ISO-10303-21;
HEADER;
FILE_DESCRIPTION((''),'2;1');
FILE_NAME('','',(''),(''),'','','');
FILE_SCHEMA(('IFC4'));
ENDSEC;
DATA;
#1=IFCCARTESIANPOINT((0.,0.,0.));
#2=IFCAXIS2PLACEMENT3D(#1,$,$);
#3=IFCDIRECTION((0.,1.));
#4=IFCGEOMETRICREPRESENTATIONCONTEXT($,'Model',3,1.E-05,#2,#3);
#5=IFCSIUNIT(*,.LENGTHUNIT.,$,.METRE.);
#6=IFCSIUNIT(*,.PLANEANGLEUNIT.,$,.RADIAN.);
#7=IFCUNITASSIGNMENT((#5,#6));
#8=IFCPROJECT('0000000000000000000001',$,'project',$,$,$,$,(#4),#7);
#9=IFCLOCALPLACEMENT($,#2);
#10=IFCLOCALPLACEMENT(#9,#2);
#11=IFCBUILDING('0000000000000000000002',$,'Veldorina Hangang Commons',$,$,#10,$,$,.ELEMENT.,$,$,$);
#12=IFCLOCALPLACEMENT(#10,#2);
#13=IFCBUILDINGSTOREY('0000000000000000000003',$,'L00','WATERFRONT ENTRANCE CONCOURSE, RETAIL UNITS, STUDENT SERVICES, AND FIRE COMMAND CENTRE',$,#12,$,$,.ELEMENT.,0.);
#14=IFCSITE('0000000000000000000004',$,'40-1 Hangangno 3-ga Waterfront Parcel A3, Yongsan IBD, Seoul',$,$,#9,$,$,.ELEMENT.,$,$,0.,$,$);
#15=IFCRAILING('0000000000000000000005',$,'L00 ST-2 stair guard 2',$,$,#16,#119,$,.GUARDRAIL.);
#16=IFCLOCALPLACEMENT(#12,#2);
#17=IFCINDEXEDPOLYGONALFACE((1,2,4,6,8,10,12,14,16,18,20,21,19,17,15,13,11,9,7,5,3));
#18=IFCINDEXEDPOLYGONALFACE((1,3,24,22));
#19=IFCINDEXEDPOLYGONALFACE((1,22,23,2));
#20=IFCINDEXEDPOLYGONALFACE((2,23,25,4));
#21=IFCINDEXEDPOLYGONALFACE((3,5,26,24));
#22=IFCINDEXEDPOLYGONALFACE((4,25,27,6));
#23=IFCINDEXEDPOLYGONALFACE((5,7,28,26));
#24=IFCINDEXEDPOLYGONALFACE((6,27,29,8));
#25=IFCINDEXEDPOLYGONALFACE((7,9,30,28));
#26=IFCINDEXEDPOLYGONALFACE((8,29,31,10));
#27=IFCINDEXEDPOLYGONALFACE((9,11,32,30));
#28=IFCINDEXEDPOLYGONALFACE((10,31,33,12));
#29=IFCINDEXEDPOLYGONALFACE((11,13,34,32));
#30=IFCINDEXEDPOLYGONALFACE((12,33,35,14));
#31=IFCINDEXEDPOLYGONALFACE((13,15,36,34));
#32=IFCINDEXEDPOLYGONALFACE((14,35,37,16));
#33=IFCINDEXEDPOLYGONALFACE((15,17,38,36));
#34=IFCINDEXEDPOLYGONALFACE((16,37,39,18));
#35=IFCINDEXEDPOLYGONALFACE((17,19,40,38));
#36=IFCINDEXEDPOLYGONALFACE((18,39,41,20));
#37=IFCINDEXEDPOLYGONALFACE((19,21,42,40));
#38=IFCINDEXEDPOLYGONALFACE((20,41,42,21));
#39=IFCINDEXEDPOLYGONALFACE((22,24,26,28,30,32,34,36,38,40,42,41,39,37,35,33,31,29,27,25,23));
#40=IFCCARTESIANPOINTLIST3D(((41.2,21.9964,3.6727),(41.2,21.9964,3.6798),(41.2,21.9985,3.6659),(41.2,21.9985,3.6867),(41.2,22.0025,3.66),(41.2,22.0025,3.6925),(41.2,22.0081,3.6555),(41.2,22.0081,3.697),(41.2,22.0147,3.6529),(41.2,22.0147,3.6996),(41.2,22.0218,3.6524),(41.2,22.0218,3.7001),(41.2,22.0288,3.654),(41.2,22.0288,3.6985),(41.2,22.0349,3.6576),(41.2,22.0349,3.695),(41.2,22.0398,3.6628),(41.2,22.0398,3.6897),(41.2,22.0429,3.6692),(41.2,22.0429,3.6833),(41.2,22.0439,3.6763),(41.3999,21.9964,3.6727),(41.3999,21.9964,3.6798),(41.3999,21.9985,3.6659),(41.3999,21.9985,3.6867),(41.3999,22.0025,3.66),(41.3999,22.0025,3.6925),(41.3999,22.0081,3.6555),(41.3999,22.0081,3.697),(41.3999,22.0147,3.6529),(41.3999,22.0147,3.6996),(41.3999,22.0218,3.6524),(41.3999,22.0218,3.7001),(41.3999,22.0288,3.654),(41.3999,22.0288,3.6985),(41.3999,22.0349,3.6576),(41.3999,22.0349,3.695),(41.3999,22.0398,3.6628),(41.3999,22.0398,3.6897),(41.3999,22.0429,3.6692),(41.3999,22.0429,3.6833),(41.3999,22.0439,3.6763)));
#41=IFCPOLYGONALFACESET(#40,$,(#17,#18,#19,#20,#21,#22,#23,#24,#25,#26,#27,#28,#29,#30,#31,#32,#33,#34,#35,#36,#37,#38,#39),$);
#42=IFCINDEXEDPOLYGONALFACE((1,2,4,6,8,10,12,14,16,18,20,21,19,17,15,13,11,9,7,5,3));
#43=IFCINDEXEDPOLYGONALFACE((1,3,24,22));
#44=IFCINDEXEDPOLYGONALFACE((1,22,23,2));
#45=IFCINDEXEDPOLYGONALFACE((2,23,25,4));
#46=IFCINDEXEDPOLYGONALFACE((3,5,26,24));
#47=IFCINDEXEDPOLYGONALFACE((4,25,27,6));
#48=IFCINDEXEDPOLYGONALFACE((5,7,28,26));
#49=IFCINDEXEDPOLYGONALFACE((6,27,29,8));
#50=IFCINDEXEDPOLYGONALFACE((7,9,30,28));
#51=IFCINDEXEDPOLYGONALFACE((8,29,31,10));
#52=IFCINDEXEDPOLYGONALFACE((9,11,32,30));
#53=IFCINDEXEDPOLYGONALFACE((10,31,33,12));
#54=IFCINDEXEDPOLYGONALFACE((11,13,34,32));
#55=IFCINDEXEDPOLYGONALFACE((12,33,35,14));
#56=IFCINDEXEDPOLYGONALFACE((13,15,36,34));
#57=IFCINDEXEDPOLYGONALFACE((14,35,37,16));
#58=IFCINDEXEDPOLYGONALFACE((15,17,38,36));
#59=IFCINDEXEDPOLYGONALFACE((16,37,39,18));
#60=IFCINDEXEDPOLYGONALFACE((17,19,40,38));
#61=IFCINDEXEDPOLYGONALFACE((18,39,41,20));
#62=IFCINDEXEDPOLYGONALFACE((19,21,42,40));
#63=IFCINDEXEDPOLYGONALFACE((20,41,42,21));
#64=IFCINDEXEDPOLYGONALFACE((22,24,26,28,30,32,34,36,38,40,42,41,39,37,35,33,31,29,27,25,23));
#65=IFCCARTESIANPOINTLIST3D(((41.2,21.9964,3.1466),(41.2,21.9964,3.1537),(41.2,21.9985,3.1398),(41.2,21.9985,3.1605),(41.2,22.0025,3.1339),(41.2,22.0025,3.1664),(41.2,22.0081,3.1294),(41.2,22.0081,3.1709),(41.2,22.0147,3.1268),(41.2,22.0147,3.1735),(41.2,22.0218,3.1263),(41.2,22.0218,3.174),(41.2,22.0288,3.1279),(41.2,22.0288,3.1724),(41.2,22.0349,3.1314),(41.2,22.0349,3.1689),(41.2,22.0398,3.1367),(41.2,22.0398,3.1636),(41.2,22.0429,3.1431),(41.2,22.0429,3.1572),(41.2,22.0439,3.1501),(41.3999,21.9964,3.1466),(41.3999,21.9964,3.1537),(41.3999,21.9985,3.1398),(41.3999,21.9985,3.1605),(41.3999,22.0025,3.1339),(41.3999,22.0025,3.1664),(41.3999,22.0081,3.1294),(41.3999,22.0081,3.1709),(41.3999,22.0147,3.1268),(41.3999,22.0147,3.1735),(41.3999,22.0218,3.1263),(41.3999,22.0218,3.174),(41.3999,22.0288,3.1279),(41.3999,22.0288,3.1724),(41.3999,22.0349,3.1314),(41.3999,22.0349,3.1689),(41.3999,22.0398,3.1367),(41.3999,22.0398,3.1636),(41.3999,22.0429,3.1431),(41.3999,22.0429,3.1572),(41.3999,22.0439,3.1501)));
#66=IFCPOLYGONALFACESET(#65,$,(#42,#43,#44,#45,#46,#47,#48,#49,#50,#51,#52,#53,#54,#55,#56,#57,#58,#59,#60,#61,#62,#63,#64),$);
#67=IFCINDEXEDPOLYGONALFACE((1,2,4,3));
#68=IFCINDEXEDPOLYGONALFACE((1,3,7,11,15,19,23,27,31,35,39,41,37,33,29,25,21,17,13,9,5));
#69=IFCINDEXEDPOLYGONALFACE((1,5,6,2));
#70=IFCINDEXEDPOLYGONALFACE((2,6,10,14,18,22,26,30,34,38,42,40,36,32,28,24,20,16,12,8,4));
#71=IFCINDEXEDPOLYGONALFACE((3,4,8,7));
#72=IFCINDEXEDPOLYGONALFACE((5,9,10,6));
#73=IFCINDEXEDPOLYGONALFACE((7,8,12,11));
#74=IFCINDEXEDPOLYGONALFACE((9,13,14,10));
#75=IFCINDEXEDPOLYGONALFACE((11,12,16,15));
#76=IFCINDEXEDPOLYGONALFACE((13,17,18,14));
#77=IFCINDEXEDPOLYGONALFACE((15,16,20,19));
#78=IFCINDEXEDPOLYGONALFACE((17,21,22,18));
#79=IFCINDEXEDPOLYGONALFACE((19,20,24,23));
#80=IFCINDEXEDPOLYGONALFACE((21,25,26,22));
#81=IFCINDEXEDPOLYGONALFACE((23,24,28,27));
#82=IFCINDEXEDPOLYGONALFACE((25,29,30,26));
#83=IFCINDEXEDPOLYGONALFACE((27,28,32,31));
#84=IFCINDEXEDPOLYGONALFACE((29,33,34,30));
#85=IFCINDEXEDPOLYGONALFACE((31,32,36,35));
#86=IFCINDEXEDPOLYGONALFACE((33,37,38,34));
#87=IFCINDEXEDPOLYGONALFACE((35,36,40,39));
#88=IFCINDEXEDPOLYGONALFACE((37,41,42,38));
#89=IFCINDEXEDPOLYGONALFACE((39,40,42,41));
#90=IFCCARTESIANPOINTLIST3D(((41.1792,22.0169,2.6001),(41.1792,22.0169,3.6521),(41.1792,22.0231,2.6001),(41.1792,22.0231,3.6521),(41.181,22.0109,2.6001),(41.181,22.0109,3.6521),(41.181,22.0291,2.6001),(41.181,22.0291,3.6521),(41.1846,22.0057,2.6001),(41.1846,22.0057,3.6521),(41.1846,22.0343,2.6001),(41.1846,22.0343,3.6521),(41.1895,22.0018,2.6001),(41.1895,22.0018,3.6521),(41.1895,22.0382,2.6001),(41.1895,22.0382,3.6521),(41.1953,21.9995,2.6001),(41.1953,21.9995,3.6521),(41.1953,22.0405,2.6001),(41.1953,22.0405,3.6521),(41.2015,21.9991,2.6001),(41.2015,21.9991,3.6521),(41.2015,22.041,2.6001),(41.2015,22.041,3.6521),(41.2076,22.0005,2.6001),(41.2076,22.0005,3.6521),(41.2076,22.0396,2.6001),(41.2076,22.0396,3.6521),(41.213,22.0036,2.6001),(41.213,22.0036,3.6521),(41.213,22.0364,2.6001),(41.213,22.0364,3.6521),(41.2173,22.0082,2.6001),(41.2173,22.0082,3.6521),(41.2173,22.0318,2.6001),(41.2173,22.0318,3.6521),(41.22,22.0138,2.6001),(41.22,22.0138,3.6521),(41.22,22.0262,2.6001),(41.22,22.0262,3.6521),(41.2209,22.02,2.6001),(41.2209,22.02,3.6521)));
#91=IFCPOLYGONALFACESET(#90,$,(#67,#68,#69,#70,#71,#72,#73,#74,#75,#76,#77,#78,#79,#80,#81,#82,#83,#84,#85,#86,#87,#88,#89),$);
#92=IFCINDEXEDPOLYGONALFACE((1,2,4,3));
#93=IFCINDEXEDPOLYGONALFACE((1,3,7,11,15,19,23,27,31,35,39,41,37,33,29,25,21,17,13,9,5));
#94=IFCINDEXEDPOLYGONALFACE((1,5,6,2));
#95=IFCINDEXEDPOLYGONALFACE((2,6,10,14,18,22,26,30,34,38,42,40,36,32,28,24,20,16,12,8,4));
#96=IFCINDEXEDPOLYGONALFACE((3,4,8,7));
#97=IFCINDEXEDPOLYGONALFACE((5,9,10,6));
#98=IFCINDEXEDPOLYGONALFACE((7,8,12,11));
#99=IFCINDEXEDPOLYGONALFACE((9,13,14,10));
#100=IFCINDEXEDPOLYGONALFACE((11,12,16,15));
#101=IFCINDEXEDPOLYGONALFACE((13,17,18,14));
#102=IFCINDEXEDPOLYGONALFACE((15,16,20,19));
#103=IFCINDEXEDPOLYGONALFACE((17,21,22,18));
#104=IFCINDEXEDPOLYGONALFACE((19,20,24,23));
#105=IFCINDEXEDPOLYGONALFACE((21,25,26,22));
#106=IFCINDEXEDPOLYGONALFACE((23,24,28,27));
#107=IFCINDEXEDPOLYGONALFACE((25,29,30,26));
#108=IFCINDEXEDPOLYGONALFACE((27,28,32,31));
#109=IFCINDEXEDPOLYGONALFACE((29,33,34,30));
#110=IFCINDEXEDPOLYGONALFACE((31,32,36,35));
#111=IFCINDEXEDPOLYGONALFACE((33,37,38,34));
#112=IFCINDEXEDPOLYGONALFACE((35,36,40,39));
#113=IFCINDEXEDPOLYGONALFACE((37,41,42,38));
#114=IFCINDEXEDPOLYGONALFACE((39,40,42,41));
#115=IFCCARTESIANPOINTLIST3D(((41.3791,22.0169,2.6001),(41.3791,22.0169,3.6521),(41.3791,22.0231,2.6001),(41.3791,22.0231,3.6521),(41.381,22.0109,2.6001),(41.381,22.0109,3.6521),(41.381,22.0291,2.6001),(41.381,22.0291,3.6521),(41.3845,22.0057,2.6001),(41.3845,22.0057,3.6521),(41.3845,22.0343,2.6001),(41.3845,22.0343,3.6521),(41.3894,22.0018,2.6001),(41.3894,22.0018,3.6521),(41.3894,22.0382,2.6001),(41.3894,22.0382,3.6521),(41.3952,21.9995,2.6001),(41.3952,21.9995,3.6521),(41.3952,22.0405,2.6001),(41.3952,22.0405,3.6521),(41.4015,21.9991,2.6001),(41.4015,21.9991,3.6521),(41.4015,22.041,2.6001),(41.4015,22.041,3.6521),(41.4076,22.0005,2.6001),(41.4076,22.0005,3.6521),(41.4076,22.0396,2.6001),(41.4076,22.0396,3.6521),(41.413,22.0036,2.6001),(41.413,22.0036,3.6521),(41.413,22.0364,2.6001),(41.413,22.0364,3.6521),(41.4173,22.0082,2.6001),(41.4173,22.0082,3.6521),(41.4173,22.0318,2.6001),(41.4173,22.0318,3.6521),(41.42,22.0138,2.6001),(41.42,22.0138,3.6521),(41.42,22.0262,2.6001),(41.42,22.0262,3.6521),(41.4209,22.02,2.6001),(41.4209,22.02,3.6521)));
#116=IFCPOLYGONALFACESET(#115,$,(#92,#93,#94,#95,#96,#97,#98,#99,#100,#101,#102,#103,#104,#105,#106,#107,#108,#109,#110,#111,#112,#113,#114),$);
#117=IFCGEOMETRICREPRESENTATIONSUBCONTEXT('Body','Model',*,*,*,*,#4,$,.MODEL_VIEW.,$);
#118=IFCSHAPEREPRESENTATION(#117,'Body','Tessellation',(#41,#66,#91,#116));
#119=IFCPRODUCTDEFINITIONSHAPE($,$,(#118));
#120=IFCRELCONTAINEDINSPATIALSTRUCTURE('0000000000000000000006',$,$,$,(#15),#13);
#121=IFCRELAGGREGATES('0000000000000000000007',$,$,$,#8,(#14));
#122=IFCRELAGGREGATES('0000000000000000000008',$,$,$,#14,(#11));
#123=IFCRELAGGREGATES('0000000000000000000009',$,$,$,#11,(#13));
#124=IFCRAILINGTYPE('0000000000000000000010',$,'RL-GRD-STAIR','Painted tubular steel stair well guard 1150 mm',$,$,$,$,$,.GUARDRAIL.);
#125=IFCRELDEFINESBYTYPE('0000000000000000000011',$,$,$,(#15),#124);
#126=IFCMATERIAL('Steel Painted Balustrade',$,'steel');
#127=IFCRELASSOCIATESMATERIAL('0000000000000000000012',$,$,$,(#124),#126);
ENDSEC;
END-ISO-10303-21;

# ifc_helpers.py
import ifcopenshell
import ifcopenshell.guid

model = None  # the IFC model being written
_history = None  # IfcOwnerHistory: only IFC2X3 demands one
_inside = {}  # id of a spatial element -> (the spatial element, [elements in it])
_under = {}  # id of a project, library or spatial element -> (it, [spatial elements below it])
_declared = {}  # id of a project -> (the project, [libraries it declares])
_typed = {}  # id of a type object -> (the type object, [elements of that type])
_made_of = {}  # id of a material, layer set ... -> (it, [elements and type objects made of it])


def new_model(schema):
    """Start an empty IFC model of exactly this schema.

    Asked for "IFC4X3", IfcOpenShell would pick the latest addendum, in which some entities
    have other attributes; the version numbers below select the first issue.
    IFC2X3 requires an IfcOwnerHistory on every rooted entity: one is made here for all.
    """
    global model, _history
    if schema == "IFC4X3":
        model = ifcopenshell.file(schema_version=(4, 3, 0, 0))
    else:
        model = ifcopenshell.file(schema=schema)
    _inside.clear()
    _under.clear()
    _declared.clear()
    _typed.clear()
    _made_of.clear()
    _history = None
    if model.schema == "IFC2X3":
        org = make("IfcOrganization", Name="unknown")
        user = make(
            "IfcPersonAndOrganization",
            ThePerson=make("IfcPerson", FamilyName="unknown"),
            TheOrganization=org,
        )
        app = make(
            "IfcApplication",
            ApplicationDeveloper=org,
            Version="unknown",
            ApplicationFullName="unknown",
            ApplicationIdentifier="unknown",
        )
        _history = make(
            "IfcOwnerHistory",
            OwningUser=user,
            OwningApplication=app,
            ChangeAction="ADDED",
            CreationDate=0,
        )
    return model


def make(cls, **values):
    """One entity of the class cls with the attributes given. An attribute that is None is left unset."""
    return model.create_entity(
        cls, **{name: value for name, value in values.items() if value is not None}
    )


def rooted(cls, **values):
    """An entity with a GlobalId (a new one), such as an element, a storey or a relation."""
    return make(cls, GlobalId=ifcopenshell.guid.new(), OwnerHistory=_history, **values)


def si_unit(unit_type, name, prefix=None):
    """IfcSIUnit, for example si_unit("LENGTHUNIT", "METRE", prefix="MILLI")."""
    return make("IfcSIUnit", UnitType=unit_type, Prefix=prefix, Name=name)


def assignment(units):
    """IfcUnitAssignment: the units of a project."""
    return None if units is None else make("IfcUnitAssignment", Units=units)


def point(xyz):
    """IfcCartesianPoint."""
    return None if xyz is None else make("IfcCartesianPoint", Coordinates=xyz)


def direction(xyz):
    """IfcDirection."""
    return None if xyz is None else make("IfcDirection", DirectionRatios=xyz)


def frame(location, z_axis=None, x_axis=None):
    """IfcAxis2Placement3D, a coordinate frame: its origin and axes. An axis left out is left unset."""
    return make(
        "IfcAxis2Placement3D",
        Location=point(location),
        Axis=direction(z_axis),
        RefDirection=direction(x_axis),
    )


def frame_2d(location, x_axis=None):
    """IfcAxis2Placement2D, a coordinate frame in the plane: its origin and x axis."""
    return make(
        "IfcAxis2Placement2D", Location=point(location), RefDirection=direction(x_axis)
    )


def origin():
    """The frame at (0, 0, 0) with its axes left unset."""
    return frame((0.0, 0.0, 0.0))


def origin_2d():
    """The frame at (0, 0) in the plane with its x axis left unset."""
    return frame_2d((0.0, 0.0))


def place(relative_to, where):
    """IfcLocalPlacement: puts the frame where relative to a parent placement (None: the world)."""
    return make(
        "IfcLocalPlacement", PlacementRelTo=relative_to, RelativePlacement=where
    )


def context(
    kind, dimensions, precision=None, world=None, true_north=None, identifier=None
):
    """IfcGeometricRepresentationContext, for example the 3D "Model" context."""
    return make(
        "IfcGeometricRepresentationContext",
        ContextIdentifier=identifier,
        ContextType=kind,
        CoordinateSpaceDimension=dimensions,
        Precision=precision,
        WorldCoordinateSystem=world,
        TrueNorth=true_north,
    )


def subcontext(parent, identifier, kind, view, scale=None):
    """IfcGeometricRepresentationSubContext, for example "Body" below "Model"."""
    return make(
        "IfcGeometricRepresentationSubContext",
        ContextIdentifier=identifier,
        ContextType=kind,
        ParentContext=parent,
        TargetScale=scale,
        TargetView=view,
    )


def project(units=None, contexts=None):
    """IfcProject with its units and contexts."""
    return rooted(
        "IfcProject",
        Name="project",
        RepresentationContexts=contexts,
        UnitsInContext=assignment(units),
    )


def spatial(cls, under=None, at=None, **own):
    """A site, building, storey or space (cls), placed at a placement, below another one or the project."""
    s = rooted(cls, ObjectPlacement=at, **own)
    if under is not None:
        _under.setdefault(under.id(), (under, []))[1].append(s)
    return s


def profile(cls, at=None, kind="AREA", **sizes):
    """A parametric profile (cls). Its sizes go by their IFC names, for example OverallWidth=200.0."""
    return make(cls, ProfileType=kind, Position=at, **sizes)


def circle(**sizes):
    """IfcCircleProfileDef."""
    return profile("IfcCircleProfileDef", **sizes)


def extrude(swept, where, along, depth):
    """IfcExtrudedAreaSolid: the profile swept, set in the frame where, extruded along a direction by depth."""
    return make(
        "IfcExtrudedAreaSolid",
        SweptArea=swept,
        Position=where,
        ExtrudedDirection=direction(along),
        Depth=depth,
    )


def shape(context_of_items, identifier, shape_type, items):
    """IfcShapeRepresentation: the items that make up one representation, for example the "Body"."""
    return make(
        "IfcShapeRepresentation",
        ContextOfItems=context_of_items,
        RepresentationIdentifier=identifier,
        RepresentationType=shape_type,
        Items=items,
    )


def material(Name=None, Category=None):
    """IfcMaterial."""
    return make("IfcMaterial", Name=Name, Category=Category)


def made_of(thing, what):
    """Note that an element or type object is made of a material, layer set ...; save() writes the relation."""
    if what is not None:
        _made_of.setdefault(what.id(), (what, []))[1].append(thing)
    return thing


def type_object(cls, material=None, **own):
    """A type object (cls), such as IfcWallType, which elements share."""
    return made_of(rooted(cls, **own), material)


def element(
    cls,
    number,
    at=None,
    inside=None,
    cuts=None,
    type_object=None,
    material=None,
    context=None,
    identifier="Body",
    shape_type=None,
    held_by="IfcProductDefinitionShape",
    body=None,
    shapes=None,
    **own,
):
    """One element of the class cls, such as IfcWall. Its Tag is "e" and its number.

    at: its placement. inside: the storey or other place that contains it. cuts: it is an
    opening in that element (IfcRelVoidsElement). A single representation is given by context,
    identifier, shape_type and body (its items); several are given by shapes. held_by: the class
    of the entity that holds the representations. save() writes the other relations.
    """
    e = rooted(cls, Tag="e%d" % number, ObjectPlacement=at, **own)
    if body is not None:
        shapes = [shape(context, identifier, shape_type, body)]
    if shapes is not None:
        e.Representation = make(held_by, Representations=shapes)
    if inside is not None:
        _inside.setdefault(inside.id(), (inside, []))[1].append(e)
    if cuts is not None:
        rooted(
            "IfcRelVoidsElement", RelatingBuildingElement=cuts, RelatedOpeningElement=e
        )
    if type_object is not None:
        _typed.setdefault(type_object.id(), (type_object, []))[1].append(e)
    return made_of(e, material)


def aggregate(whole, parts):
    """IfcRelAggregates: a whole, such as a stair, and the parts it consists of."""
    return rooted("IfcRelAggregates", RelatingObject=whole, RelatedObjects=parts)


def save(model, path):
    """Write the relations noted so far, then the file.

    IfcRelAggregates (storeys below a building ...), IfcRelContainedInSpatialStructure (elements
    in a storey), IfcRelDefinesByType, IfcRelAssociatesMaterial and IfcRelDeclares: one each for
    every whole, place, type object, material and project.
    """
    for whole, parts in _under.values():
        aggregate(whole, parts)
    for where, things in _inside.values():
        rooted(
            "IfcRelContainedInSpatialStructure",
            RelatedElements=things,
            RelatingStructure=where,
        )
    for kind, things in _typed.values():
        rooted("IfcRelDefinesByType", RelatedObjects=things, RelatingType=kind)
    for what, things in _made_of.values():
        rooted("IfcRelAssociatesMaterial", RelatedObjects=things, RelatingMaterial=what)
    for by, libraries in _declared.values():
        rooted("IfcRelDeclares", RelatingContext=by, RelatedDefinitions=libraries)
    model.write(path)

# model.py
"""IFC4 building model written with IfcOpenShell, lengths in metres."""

from ifc_helpers import new_model, si_unit, direction, frame, origin, origin_2d, place, context, subcontext, project, spatial, circle, extrude, material, type_object, element, save


model = new_model("IFC4")

# Units and contexts
model_context = context("Model", 3, precision=1e-05, world=origin(), true_north=direction((0.0, 1.0)))
body_context = subcontext(model_context, "Body", "Model", "MODEL_VIEW")
ifc_project = project(units=[si_unit("LENGTHUNIT", "METRE"), si_unit("PLANEANGLEUNIT", "RADIAN")], contexts=[model_context])

# Site, building, storey
site_placement = place(None, origin())
site = spatial("IfcSite", under=ifc_project, at=site_placement, Name="40-1 Hangangno 3-ga Waterfront Parcel A3, Yongsan IBD, Seoul", CompositionType="ELEMENT", RefElevation=0.0)
building_placement = place(site_placement, origin())
building = spatial("IfcBuilding", under=site, at=building_placement, Name="Veldorina Hangang Commons", CompositionType="ELEMENT")
storey_placement = place(building_placement, origin())
storey = spatial("IfcBuildingStorey", under=building, at=storey_placement, Name="L00", Description="WATERFRONT ENTRANCE CONCOURSE, RETAIL UNITS, STUDENT SERVICES, AND FIRE COMMAND CENTRE", CompositionType="ELEMENT", Elevation=0.0)

# Railing
ifc_material_1 = material(Name="Steel Painted Balustrade", Category="steel")
railing_type_1 = type_object("IfcRailingType", Name="RL-GRD-STAIR", Description="Painted tubular steel stair well guard 1150 mm", PredefinedType="GUARDRAIL", material=ifc_material_1)
railing_1_placement = place(storey_placement, frame((41.2, 22.02, 2.6001)))
element("IfcRailing", 1, at=railing_1_placement, inside=storey, type_object=railing_type_1, Name="L00 ST-2 stair guard 2", PredefinedType="GUARDRAIL", context=body_context, shape_type="SweptSolid", body=[
    extrude(circle(Radius=0.0239, at=origin_2d()), frame((0.0, 0.0, 1.0762), z_axis=(1.0, 0.0, 0.0), x_axis=(0.0, 1.0, 0.0)), (0.0, 0.0, 1.0), 0.2),
    extrude(circle(Radius=0.0239, at=origin_2d()), frame((0.0, 0.0, 0.55), z_axis=(1.0, 0.0, 0.0), x_axis=(0.0, 1.0, 0.0)), (0.0, 0.0, 1.0), 0.2),
    extrude(circle(Radius=0.021, at=origin_2d()), origin(), (0.0, 0.0, 1.0), 1.052),
    extrude(circle(Radius=0.021, at=origin_2d()), frame((0.2, 0.0, 0.0)), (0.0, 0.0, 1.0), 1.052),
])

save(model, "model.ifc")
